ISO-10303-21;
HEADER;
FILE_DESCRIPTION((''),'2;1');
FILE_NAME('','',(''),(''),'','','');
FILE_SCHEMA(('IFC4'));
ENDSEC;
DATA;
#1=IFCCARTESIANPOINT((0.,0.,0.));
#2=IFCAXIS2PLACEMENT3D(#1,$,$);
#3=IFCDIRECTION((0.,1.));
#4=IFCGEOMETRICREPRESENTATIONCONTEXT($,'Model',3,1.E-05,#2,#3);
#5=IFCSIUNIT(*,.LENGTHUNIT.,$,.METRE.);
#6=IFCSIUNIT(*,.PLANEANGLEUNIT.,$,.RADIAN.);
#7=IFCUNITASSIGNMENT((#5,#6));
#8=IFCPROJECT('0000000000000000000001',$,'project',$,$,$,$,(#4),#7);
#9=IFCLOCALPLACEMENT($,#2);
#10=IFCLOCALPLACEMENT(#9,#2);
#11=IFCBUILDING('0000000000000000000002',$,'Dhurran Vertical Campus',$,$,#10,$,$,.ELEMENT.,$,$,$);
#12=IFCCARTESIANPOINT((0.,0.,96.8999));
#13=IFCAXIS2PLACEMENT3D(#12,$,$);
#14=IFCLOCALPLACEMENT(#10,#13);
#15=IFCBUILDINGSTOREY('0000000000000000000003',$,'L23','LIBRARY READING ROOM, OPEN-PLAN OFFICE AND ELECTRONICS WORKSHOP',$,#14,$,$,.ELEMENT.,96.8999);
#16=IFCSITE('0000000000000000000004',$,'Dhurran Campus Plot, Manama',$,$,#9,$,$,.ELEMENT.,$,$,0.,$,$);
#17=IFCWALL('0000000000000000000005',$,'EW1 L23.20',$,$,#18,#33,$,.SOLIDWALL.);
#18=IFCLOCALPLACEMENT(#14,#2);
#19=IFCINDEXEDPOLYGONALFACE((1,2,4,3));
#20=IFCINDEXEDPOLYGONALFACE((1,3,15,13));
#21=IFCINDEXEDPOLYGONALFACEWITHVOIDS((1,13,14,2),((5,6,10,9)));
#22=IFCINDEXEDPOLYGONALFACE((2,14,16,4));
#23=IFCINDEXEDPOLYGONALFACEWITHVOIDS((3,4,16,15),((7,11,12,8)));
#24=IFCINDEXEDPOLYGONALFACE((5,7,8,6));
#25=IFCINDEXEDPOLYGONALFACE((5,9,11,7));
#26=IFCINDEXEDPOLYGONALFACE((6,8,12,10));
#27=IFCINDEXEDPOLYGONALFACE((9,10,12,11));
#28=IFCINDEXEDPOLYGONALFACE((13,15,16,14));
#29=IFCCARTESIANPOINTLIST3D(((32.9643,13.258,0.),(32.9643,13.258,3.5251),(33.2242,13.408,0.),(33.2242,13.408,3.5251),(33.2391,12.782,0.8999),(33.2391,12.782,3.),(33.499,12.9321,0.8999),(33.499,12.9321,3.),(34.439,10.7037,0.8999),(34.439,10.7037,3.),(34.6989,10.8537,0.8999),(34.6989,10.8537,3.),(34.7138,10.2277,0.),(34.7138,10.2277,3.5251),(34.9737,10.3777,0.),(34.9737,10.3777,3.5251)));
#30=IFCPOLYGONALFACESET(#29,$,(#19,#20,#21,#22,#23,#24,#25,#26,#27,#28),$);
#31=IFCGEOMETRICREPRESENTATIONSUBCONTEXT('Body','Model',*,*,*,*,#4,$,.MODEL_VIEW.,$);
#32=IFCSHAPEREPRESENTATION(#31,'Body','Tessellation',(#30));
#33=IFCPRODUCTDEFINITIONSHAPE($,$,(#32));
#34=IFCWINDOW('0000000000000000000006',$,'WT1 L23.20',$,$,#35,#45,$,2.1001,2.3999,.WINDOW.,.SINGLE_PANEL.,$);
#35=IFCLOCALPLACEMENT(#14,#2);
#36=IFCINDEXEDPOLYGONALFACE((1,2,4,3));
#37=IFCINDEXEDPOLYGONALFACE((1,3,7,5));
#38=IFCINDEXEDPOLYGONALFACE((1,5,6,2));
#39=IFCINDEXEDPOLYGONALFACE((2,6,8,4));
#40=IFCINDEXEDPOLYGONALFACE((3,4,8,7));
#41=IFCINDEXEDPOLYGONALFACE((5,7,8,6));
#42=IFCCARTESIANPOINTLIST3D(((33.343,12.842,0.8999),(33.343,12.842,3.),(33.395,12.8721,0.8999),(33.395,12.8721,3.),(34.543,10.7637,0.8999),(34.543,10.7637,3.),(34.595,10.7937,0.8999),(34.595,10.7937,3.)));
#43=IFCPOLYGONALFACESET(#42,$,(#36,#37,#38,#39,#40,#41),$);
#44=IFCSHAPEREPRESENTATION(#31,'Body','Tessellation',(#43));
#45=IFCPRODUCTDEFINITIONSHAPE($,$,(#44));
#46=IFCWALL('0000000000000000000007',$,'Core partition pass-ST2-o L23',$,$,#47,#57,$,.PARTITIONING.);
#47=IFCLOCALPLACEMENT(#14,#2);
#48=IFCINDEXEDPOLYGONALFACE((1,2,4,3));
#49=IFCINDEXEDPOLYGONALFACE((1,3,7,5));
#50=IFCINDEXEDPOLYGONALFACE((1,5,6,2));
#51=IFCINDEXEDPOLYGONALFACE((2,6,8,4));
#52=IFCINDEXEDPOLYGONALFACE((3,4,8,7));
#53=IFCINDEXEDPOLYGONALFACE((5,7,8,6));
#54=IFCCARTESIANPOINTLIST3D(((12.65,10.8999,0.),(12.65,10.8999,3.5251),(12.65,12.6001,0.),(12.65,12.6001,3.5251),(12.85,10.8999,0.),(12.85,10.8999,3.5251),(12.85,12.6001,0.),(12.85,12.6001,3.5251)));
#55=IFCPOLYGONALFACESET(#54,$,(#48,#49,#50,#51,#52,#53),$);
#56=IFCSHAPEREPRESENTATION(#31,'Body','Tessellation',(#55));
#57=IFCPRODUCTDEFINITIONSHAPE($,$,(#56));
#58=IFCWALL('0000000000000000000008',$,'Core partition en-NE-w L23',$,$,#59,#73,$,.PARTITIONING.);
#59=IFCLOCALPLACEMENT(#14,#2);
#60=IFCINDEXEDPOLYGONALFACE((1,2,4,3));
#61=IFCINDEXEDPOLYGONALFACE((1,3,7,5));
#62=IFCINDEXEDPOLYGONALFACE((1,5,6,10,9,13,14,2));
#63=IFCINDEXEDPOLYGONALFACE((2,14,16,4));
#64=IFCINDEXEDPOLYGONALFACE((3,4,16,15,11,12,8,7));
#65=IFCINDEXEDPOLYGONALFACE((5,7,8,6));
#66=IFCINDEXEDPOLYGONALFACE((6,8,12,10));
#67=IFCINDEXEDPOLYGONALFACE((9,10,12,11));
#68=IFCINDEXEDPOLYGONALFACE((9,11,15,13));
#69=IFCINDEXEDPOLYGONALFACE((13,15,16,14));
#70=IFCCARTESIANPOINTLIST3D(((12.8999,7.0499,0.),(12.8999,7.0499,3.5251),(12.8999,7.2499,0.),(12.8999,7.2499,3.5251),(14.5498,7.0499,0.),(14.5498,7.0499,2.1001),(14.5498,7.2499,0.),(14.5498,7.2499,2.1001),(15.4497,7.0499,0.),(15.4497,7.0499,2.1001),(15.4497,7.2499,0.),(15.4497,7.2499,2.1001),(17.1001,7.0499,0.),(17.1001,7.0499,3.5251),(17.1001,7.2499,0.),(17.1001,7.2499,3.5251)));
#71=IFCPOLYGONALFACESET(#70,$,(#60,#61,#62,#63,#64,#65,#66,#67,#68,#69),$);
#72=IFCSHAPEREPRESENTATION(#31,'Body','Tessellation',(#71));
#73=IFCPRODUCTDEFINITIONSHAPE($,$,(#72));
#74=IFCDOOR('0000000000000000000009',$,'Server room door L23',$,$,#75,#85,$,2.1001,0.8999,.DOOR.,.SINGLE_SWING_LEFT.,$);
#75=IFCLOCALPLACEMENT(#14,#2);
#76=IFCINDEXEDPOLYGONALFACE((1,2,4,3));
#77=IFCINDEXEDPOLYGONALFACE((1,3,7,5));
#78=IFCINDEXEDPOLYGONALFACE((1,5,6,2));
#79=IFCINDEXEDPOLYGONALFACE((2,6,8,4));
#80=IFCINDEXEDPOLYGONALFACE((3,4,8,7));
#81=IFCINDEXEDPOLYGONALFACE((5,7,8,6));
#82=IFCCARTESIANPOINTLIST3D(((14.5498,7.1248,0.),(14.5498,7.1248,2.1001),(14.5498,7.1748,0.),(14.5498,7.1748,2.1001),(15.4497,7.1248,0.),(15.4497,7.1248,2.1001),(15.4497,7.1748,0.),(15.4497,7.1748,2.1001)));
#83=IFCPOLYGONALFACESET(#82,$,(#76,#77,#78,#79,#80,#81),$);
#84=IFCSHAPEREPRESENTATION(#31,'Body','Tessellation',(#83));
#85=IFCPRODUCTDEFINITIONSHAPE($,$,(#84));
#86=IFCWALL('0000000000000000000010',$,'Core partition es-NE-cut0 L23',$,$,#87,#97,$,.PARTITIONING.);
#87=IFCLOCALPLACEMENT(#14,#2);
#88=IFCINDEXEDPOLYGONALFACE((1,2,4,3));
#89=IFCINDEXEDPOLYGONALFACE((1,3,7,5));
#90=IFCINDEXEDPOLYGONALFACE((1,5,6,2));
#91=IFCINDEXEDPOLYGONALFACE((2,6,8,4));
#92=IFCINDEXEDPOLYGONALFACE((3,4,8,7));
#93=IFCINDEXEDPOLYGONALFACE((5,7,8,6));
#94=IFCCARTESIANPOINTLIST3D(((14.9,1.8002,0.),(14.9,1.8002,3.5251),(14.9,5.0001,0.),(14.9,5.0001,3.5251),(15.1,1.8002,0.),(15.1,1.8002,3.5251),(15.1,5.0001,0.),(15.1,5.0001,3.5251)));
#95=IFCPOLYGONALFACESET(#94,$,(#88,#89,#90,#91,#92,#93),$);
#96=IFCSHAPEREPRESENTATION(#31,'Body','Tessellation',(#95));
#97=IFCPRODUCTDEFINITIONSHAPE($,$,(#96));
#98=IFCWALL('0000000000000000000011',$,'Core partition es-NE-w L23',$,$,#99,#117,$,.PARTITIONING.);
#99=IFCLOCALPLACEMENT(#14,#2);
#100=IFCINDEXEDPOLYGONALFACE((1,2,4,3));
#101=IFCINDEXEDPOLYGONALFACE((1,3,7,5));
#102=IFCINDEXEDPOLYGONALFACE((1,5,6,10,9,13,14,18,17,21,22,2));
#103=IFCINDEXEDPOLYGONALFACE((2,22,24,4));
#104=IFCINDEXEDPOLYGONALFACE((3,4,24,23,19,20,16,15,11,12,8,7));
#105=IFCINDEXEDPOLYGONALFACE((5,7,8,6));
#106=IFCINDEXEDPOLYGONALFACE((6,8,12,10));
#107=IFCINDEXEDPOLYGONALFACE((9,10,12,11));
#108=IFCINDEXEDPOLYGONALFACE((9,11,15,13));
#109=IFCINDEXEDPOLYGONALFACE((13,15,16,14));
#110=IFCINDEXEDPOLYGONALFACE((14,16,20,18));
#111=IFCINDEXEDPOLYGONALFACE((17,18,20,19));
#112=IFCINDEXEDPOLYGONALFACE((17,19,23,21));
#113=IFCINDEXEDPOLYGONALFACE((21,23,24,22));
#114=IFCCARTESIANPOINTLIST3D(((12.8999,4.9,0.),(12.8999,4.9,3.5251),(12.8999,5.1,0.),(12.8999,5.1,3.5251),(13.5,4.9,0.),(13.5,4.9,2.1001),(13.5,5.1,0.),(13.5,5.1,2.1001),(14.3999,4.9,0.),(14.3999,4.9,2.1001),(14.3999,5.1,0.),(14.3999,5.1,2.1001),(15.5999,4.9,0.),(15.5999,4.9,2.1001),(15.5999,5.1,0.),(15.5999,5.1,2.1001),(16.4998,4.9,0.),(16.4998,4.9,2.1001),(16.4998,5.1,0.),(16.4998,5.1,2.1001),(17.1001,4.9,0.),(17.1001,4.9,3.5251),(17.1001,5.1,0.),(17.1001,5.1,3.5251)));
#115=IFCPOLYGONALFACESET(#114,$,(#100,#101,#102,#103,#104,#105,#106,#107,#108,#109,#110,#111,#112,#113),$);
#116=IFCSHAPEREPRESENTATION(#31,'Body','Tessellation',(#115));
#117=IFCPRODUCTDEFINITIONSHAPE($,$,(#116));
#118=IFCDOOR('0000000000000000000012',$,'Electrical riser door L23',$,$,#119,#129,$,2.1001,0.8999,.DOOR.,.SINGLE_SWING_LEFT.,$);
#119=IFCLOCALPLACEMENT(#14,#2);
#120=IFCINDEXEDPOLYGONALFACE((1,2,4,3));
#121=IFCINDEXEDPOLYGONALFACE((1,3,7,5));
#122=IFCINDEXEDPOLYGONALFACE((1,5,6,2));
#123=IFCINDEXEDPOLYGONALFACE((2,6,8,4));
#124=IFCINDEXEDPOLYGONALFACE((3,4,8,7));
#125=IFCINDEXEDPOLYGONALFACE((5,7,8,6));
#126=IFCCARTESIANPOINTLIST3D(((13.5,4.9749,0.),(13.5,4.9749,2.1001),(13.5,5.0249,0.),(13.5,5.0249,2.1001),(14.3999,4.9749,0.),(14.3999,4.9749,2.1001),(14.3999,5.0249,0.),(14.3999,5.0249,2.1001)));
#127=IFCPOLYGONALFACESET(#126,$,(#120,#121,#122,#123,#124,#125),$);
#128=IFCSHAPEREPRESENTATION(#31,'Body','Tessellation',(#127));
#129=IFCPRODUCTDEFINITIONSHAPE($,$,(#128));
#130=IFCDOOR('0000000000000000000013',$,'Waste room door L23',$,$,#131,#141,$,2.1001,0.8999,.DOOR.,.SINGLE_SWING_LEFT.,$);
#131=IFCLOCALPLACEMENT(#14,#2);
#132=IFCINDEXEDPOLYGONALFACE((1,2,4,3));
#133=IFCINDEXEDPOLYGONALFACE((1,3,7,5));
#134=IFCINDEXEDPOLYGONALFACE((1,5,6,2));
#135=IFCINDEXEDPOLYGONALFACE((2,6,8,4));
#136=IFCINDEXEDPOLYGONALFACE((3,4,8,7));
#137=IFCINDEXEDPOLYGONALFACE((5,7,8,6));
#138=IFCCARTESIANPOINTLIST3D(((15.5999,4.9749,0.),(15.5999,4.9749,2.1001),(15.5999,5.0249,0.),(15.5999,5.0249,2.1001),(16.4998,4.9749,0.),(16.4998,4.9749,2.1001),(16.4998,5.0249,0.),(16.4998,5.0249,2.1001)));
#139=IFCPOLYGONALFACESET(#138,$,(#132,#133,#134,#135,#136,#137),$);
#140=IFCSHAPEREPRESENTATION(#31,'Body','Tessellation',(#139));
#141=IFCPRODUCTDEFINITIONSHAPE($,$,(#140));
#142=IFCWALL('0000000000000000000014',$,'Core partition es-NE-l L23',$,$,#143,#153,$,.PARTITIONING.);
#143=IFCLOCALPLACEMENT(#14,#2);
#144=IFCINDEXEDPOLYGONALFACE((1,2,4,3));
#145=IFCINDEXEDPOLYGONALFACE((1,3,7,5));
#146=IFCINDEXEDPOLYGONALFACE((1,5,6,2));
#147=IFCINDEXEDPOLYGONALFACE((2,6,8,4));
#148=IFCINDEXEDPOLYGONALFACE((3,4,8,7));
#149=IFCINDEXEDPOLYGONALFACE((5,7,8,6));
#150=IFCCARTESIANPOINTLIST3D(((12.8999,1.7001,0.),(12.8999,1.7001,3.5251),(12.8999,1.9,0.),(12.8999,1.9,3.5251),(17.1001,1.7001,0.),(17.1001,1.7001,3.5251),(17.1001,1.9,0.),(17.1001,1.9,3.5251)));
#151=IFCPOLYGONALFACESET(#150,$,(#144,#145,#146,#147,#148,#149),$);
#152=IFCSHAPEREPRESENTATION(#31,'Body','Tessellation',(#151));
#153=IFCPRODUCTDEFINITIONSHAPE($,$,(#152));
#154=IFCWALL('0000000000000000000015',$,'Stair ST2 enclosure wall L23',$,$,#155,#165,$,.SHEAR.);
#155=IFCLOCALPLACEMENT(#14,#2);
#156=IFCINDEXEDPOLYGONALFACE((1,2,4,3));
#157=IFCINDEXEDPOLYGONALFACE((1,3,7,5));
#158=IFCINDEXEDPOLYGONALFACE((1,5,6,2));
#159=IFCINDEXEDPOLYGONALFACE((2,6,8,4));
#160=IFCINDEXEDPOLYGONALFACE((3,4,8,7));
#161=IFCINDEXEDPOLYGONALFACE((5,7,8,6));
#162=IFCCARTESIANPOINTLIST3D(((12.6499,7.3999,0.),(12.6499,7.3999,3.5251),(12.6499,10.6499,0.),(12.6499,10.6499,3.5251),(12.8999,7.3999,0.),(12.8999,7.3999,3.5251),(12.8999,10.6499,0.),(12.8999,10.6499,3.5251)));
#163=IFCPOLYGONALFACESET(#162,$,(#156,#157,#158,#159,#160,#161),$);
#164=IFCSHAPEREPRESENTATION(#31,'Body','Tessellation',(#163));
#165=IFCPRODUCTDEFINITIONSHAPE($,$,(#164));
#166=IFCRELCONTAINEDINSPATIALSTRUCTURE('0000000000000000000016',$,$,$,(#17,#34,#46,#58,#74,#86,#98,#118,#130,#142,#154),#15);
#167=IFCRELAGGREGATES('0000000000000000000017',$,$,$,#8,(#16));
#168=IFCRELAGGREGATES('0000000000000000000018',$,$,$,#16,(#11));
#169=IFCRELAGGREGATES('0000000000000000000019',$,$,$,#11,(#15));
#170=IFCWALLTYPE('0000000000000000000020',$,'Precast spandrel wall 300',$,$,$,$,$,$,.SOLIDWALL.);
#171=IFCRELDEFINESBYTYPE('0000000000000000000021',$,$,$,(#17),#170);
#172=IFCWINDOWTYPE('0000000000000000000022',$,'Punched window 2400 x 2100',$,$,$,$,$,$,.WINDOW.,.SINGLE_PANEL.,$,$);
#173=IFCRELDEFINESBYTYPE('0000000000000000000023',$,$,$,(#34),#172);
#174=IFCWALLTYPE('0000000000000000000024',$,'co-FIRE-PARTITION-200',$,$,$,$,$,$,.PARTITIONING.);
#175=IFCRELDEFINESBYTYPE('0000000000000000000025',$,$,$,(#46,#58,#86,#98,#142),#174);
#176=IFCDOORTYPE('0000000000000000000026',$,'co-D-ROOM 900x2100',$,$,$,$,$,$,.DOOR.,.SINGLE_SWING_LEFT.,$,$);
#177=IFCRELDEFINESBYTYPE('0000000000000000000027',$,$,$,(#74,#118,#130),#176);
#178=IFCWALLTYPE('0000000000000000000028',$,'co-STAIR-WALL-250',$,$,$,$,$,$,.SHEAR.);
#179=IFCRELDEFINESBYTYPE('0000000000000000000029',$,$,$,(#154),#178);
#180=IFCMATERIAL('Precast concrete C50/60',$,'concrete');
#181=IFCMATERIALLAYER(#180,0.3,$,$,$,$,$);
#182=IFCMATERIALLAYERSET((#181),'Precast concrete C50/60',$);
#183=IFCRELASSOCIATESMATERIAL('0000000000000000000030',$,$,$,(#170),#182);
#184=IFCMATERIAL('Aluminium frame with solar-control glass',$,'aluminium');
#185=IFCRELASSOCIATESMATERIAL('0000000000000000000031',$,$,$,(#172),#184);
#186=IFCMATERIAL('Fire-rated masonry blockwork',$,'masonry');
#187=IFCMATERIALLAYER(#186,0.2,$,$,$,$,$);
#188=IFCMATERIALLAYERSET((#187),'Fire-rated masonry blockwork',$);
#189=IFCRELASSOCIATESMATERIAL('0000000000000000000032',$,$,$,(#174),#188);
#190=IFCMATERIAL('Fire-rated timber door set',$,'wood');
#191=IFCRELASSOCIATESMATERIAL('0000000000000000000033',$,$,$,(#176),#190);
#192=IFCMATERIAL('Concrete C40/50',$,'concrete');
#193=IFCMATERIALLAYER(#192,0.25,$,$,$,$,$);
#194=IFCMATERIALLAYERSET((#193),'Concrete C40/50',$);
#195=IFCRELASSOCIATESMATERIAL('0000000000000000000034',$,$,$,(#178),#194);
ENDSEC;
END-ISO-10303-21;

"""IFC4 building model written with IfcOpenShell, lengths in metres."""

from ifc_helpers import new_model, si_unit, direction, frame, frame_2d, origin, place, context, subcontext, project, spatial, rectangle, extrude, material, layer, layer_set, type_object, element, fill, save


model = new_model("IFC4")

# Units and contexts
model_context = context("Model", 3, precision=1e-05, world=origin(), true_north=direction((0.0, 1.0)))
body_context = subcontext(model_context, "Body", "Model", "MODEL_VIEW")
ifc_project = project(units=[si_unit("LENGTHUNIT", "METRE"), si_unit("PLANEANGLEUNIT", "RADIAN")], contexts=[model_context])

# Site, building, storey
site_placement = place(None, origin())
site = spatial("IfcSite", under=ifc_project, at=site_placement, Name="Dhurran Campus Plot, Manama", CompositionType="ELEMENT", RefElevation=0.0)
building_placement = place(site_placement, origin())
building = spatial("IfcBuilding", under=site, at=building_placement, Name="Dhurran Vertical Campus", CompositionType="ELEMENT")
storey_placement = place(building_placement, frame((0.0, 0.0, 96.8999)))
storey = spatial("IfcBuildingStorey", under=building, at=storey_placement, Name="L23", Description="LIBRARY READING ROOM, OPEN-PLAN OFFICE AND ELECTRONICS WORKSHOP", CompositionType="ELEMENT", Elevation=96.8999)

# Wall, opening, window
ifc_material_1 = material(Name="Precast concrete C50/60", Category="concrete")
ifc_layer_1 = layer(ifc_material_1, 0.3)
ifc_layer_set_1 = layer_set([ifc_layer_1], Name="Precast concrete C50/60")
wall_type_1 = type_object("IfcWallType", Name="Precast spandrel wall 300", PredefinedType="SOLIDWALL", material=ifc_layer_set_1)
ifc_material_2 = material(Name="Aluminium frame with solar-control glass", Category="aluminium")
window_type = type_object("IfcWindowType", Name="Punched window 2400 x 2100", PartitioningType="SINGLE_PANEL", PredefinedType="WINDOW", material=ifc_material_2)
wall_1_placement = place(storey_placement, frame((34.8438, 10.3027, 0.0), z_axis=(0.0, 0.0, 1.0), x_axis=(-0.499996, 0.866028, 0.0)))
wall_1 = element("IfcWall", 1, at=wall_1_placement, inside=storey, type_object=wall_type_1, Name="EW1 L23.20", PredefinedType="SOLIDWALL", context=body_context, shape_type="SweptSolid", body=[
    extrude(rectangle(XDim=3.499, YDim=0.3, at=frame_2d((1.7495, 0.0))), origin(), (0.0, 0.0, 1.0), 3.5251),
])
opening_1_placement = place(wall_1_placement, frame((0.5496, 0.0, 0.8999)))
opening_1 = element("IfcOpeningElement", 2, at=opening_1_placement, cuts=wall_1, PredefinedType="OPENING", context=body_context, shape_type="SweptSolid", body=[
    extrude(rectangle(XDim=2.3999, YDim=2.1001, at=frame_2d((1.2, 1.05))), frame((0.0, 0.1599, 0.0), z_axis=(0.0, -1.0, 0.0), x_axis=(1.0, 0.0, 0.0)), (0.0, 0.0, 1.0), 0.3201),
])
window_1_placement = place(opening_1_placement, origin())
window_1 = element("IfcWindow", 3, at=window_1_placement, inside=storey, type_object=window_type, Name="WT1 L23.20", OverallHeight=2.1001, OverallWidth=2.3999, PartitioningType="SINGLE_PANEL", PredefinedType="WINDOW", context=body_context, shape_type="SweptSolid", body=[
    extrude(rectangle(XDim=2.3999, YDim=2.1001, at=frame_2d((1.2, 1.05))), frame((0.0, 0.03, 0.0), z_axis=(0.0, -1.0, 0.0), x_axis=(1.0, 0.0, 0.0)), (0.0, 0.0, 1.0), 0.0601),
])
fill(opening_1, window_1)

# Wall
ifc_material_3 = material(Name="Fire-rated masonry blockwork", Category="masonry")
ifc_layer_2 = layer(ifc_material_3, 0.2)
ifc_layer_set_2 = layer_set([ifc_layer_2], Name="Fire-rated masonry blockwork")
wall_type_2 = type_object("IfcWallType", Name="co-FIRE-PARTITION-200", PredefinedType="PARTITIONING", material=ifc_layer_set_2)
wall_2_placement = place(storey_placement, frame((12.75, 10.8999, 0.0), z_axis=(0.0, 0.0, 1.0), x_axis=(0.0, 1.0, 0.0)))
element("IfcWall", 4, at=wall_2_placement, inside=storey, type_object=wall_type_2, Name="Core partition pass-ST2-o L23", PredefinedType="PARTITIONING", context=body_context, shape_type="SweptSolid", body=[
    extrude(rectangle(XDim=1.7002, YDim=0.2, at=frame_2d((0.8501, 0.0))), origin(), (0.0, 0.0, 1.0), 3.5251),
])

# Wall, opening, door
wall_3_placement = place(storey_placement, frame((12.8999, 7.1499, 0.0), z_axis=(0.0, 0.0, 1.0), x_axis=(1.0, 0.0, 0.0)))
wall_3 = element("IfcWall", 5, at=wall_3_placement, inside=storey, type_object=wall_type_2, Name="Core partition en-NE-w L23", PredefinedType="PARTITIONING", context=body_context, shape_type="SweptSolid", body=[
    extrude(rectangle(XDim=4.2002, YDim=0.2, at=frame_2d((2.1001, 0.0))), origin(), (0.0, 0.0, 1.0), 3.5251),
])
opening_2_placement = place(wall_3_placement, frame((1.6499, 0.0, 0.0)))
opening_2 = element("IfcOpeningElement", 6, at=opening_2_placement, cuts=wall_3, PredefinedType="OPENING", context=body_context, shape_type="SweptSolid", body=[
    extrude(rectangle(XDim=0.8999, YDim=2.1001, at=frame_2d((0.45, 1.05))), frame((0.0, 0.1099, 0.0), z_axis=(0.0, -1.0, 0.0), x_axis=(1.0, 0.0, 0.0)), (0.0, 0.0, 1.0), 0.22),
])
ifc_material_4 = material(Name="Fire-rated timber door set", Category="wood")
door_type_1 = type_object("IfcDoorType", Name="co-D-ROOM 900x2100", OperationType="SINGLE_SWING_LEFT", PredefinedType="DOOR", material=ifc_material_4)
door_1_placement = place(opening_2_placement, origin())
door_1 = element("IfcDoor", 7, at=door_1_placement, inside=storey, type_object=door_type_1, Name="Server room door L23", OperationType="SINGLE_SWING_LEFT", OverallHeight=2.1001, OverallWidth=0.8999, PredefinedType="DOOR", context=body_context, shape_type="SweptSolid", body=[
    extrude(rectangle(XDim=0.8999, YDim=2.1001, at=frame_2d((0.45, 1.05))), frame((0.0, 0.0249, 0.0), z_axis=(0.0, -1.0, 0.0), x_axis=(1.0, 0.0, 0.0)), (0.0, 0.0, 1.0), 0.05),
])
fill(opening_2, door_1)

# Wall
wall_4_placement = place(storey_placement, frame((15.0, 1.8, 0.0), z_axis=(0.0, 0.0, 1.0), x_axis=(0.0, 1.0, 0.0)))
element("IfcWall", 8, at=wall_4_placement, inside=storey, type_object=wall_type_2, Name="Core partition es-NE-cut0 L23", PredefinedType="PARTITIONING", context=body_context, shape_type="SweptSolid", body=[
    extrude(rectangle(XDim=3.2, YDim=0.2, at=frame_2d((1.6001, 0.0))), origin(), (0.0, 0.0, 1.0), 3.5251),
])

# Wall, openings, doors
wall_5_placement = place(storey_placement, frame((12.8999, 5.0, 0.0), z_axis=(0.0, 0.0, 1.0), x_axis=(1.0, 0.0, 0.0)))
wall_5 = element("IfcWall", 9, at=wall_5_placement, inside=storey, type_object=wall_type_2, Name="Core partition es-NE-w L23", PredefinedType="PARTITIONING", context=body_context, shape_type="SweptSolid", body=[
    extrude(rectangle(XDim=4.2002, YDim=0.2, at=frame_2d((2.1001, 0.0))), origin(), (0.0, 0.0, 1.0), 3.5251),
])
opening_3_placement = place(wall_5_placement, frame((0.6001, 0.0, 0.0)))
opening_3 = element("IfcOpeningElement", 10, at=opening_3_placement, cuts=wall_5, PredefinedType="OPENING", context=body_context, shape_type="SweptSolid", body=[
    extrude(rectangle(XDim=0.8999, YDim=2.1001, at=frame_2d((0.45, 1.05))), frame((0.0, 0.1099, 0.0), z_axis=(0.0, -1.0, 0.0), x_axis=(1.0, 0.0, 0.0)), (0.0, 0.0, 1.0), 0.22),
])
opening_4_placement = place(wall_5_placement, frame((2.7, 0.0, 0.0)))
opening_4 = element("IfcOpeningElement", 11, at=opening_4_placement, cuts=wall_5, PredefinedType="OPENING", context=body_context, shape_type="SweptSolid", body=[
    extrude(rectangle(XDim=0.8999, YDim=2.1001, at=frame_2d((0.45, 1.05))), frame((0.0, 0.1099, 0.0), z_axis=(0.0, -1.0, 0.0), x_axis=(1.0, 0.0, 0.0)), (0.0, 0.0, 1.0), 0.22),
])
door_2_placement = place(opening_3_placement, origin())
door_2 = element("IfcDoor", 12, at=door_2_placement, inside=storey, type_object=door_type_1, Name="Electrical riser door L23", OperationType="SINGLE_SWING_LEFT", OverallHeight=2.1001, OverallWidth=0.8999, PredefinedType="DOOR", context=body_context, shape_type="SweptSolid", body=[
    extrude(rectangle(XDim=0.8999, YDim=2.1001, at=frame_2d((0.45, 1.05))), frame((0.0, 0.0249, 0.0), z_axis=(0.0, -1.0, 0.0), x_axis=(1.0, 0.0, 0.0)), (0.0, 0.0, 1.0), 0.05),
])
fill(opening_3, door_2)
door_3_placement = place(opening_4_placement, origin())
door_3 = element("IfcDoor", 13, at=door_3_placement, inside=storey, type_object=door_type_1, Name="Waste room door L23", OperationType="SINGLE_SWING_LEFT", OverallHeight=2.1001, OverallWidth=0.8999, PredefinedType="DOOR", context=body_context, shape_type="SweptSolid", body=[
    extrude(rectangle(XDim=0.8999, YDim=2.1001, at=frame_2d((0.45, 1.05))), frame((0.0, 0.0249, 0.0), z_axis=(0.0, -1.0, 0.0), x_axis=(1.0, 0.0, 0.0)), (0.0, 0.0, 1.0), 0.05),
])
fill(opening_4, door_3)

# Walls
wall_6_placement = place(storey_placement, frame((12.8999, 1.8, 0.0), z_axis=(0.0, 0.0, 1.0), x_axis=(1.0, 0.0, 0.0)))
element("IfcWall", 14, at=wall_6_placement, inside=storey, type_object=wall_type_2, Name="Core partition es-NE-l L23", PredefinedType="PARTITIONING", context=body_context, shape_type="SweptSolid", body=[
    extrude(rectangle(XDim=4.2002, YDim=0.2, at=frame_2d((2.1001, 0.0))), origin(), (0.0, 0.0, 1.0), 3.5251),
])
ifc_material_5 = material(Name="Concrete C40/50", Category="concrete")
ifc_layer_3 = layer(ifc_material_5, 0.25)
ifc_layer_set_3 = layer_set([ifc_layer_3], Name="Concrete C40/50")
wall_type_3 = type_object("IfcWallType", Name="co-STAIR-WALL-250", PredefinedType="SHEAR", material=ifc_layer_set_3)
wall_7_placement = place(storey_placement, frame((12.7749, 7.3999, 0.0), z_axis=(0.0, 0.0, 1.0), x_axis=(0.0, 1.0, 0.0)))
element("IfcWall", 15, at=wall_7_placement, inside=storey, type_object=wall_type_3, Name="Stair ST2 enclosure wall L23", PredefinedType="SHEAR", context=body_context, shape_type="SweptSolid", body=[
    extrude(rectangle(XDim=3.25, YDim=0.25, at=frame_2d((1.625, 0.0))), origin(), (0.0, 0.0, 1.0), 3.5251),
])

save(model, "model.ifc")
